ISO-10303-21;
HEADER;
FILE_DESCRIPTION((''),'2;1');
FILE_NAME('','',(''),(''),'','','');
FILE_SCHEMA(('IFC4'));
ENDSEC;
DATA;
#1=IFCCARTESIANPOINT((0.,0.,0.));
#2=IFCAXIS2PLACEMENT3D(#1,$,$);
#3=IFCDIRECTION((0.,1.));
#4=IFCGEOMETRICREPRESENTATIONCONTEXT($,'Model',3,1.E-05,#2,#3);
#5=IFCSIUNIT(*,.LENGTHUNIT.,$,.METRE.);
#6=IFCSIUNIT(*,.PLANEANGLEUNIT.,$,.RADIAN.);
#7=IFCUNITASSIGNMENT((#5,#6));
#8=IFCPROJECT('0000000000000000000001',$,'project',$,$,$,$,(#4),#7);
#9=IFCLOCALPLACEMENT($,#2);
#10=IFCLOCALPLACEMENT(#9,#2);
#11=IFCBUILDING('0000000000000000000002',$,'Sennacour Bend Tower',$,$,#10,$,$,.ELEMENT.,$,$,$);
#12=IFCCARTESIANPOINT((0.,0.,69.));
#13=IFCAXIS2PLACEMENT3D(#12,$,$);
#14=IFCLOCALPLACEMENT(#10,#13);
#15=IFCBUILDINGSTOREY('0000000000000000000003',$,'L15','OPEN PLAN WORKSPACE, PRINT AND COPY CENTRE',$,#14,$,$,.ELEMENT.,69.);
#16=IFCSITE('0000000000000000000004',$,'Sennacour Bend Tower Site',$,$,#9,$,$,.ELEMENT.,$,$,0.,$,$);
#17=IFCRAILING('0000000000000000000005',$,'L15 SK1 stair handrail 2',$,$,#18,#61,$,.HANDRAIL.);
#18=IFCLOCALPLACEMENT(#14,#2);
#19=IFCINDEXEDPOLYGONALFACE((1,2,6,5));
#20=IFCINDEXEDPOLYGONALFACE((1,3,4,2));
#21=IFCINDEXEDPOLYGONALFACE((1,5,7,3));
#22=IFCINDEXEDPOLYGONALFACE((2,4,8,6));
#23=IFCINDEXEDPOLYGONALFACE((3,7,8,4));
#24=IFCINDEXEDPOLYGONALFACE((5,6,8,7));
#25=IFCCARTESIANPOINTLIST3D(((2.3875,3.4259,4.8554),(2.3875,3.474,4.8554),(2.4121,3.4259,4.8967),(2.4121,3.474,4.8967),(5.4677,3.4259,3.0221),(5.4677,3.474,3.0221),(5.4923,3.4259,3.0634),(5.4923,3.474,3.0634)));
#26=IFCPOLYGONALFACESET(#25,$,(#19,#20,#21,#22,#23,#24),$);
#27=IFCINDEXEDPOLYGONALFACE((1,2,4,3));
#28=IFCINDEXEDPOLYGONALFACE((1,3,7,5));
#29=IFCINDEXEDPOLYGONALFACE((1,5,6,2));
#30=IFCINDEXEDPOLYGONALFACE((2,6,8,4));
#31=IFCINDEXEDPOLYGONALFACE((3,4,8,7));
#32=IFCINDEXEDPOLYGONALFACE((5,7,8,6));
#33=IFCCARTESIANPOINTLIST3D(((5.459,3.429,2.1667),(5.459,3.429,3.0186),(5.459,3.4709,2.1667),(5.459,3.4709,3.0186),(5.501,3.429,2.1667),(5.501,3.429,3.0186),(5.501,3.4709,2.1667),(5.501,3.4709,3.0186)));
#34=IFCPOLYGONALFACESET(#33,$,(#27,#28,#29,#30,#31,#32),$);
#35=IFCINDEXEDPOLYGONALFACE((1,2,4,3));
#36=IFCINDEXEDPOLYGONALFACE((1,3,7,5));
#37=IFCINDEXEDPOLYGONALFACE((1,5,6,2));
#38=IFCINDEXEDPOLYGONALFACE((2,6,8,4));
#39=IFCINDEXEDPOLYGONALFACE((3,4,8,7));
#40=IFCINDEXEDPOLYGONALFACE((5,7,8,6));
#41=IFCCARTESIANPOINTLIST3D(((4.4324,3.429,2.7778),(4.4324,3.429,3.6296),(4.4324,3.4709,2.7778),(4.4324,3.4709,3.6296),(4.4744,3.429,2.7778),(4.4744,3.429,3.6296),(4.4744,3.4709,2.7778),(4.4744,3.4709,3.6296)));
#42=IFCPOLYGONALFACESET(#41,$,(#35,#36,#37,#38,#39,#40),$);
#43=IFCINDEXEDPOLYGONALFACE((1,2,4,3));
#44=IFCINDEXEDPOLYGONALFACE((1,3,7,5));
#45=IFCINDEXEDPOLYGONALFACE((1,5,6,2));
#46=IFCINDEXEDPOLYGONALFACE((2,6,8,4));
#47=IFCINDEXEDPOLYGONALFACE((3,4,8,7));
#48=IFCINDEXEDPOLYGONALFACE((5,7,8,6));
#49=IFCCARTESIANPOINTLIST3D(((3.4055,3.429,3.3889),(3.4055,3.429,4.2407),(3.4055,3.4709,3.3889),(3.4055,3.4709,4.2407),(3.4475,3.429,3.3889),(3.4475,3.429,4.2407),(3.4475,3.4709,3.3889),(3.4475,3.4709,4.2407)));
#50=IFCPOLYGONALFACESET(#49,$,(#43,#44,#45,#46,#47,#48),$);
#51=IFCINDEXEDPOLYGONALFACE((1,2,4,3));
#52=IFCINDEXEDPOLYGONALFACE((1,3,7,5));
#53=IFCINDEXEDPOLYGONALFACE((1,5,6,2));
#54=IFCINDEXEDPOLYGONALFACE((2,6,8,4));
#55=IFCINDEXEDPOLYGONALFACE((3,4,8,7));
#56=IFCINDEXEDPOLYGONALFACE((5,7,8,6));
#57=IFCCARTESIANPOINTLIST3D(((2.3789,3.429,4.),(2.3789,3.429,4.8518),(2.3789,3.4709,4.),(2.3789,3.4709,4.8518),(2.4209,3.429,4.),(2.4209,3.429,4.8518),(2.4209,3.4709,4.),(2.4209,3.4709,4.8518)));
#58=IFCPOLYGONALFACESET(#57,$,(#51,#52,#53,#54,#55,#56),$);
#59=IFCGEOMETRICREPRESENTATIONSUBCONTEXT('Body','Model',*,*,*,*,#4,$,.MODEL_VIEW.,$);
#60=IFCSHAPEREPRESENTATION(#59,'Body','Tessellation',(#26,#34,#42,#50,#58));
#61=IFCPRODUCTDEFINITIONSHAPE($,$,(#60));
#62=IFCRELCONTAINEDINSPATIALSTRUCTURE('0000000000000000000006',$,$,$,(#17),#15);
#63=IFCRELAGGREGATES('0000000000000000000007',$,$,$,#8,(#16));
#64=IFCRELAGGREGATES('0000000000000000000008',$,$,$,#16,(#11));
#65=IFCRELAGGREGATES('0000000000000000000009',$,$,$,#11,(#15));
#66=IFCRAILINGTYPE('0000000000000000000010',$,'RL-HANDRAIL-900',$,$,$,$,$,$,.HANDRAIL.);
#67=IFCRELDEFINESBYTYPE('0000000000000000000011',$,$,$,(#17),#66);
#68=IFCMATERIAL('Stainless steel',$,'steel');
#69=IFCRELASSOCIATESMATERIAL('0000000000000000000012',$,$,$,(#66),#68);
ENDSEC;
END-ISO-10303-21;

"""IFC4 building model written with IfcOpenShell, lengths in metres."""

from ifc_helpers import new_model, si_unit, direction, frame, origin, origin_2d, place, context, subcontext, project, spatial, rectangle, extrude, material, type_object, element, save


model = new_model("IFC4")

# Units and contexts
model_context = context("Model", 3, precision=1e-05, world=origin(), true_north=direction((0.0, 1.0)))
body_context = subcontext(model_context, "Body", "Model", "MODEL_VIEW")
ifc_project = project(units=[si_unit("LENGTHUNIT", "METRE"), si_unit("PLANEANGLEUNIT", "RADIAN")], contexts=[model_context])

# Site, building, storey
site_placement = place(None, origin())
site = spatial("IfcSite", under=ifc_project, at=site_placement, Name="Sennacour Bend Tower Site", CompositionType="ELEMENT", RefElevation=0.0)
building_placement = place(site_placement, origin())
building = spatial("IfcBuilding", under=site, at=building_placement, Name="Sennacour Bend Tower", CompositionType="ELEMENT")
storey_placement = place(building_placement, frame((0.0, 0.0, 69.0)))
storey = spatial("IfcBuildingStorey", under=building, at=storey_placement, Name="L15", Description="OPEN PLAN WORKSPACE, PRINT AND COPY CENTRE", CompositionType="ELEMENT", Elevation=69.0)

# Railing
ifc_material_1 = material(Name="Stainless steel", Category="steel")
railing_type_1 = type_object("IfcRailingType", Name="RL-HANDRAIL-900", PredefinedType="HANDRAIL", material=ifc_material_1)
railing_1_placement = place(storey_placement, frame((5.48, 3.45, 2.1667)))
element("IfcRailing", 1, at=railing_1_placement, inside=storey, type_object=railing_type_1, Name="L15 SK1 stair handrail 2", PredefinedType="HANDRAIL", context=body_context, shape_type="SweptSolid", body=[
    extrude(rectangle(XDim=0.0481, YDim=0.0481, at=origin_2d()), frame((0.0, 0.0, 0.876), z_axis=(-0.859309, 0.0, 0.511458), x_axis=(0.0, -1.0, 0.0)), (0.0, 0.0, 1.0), 3.5845),
    extrude(rectangle(XDim=0.042, YDim=0.042, at=origin_2d()), origin(), (0.0, 0.0, 1.0), 0.8518),
    extrude(rectangle(XDim=0.042, YDim=0.042, at=origin_2d()), frame((-1.0266, 0.0, 0.6111)), (0.0, 0.0, 1.0), 0.8518),
    extrude(rectangle(XDim=0.042, YDim=0.042, at=origin_2d()), frame((-2.0535, 0.0, 1.2222)), (0.0, 0.0, 1.0), 0.8518),
    extrude(rectangle(XDim=0.042, YDim=0.042, at=origin_2d()), frame((-3.0801, 0.0, 1.8333)), (0.0, 0.0, 1.0), 0.8518),
])

save(model, "model.ifc")
